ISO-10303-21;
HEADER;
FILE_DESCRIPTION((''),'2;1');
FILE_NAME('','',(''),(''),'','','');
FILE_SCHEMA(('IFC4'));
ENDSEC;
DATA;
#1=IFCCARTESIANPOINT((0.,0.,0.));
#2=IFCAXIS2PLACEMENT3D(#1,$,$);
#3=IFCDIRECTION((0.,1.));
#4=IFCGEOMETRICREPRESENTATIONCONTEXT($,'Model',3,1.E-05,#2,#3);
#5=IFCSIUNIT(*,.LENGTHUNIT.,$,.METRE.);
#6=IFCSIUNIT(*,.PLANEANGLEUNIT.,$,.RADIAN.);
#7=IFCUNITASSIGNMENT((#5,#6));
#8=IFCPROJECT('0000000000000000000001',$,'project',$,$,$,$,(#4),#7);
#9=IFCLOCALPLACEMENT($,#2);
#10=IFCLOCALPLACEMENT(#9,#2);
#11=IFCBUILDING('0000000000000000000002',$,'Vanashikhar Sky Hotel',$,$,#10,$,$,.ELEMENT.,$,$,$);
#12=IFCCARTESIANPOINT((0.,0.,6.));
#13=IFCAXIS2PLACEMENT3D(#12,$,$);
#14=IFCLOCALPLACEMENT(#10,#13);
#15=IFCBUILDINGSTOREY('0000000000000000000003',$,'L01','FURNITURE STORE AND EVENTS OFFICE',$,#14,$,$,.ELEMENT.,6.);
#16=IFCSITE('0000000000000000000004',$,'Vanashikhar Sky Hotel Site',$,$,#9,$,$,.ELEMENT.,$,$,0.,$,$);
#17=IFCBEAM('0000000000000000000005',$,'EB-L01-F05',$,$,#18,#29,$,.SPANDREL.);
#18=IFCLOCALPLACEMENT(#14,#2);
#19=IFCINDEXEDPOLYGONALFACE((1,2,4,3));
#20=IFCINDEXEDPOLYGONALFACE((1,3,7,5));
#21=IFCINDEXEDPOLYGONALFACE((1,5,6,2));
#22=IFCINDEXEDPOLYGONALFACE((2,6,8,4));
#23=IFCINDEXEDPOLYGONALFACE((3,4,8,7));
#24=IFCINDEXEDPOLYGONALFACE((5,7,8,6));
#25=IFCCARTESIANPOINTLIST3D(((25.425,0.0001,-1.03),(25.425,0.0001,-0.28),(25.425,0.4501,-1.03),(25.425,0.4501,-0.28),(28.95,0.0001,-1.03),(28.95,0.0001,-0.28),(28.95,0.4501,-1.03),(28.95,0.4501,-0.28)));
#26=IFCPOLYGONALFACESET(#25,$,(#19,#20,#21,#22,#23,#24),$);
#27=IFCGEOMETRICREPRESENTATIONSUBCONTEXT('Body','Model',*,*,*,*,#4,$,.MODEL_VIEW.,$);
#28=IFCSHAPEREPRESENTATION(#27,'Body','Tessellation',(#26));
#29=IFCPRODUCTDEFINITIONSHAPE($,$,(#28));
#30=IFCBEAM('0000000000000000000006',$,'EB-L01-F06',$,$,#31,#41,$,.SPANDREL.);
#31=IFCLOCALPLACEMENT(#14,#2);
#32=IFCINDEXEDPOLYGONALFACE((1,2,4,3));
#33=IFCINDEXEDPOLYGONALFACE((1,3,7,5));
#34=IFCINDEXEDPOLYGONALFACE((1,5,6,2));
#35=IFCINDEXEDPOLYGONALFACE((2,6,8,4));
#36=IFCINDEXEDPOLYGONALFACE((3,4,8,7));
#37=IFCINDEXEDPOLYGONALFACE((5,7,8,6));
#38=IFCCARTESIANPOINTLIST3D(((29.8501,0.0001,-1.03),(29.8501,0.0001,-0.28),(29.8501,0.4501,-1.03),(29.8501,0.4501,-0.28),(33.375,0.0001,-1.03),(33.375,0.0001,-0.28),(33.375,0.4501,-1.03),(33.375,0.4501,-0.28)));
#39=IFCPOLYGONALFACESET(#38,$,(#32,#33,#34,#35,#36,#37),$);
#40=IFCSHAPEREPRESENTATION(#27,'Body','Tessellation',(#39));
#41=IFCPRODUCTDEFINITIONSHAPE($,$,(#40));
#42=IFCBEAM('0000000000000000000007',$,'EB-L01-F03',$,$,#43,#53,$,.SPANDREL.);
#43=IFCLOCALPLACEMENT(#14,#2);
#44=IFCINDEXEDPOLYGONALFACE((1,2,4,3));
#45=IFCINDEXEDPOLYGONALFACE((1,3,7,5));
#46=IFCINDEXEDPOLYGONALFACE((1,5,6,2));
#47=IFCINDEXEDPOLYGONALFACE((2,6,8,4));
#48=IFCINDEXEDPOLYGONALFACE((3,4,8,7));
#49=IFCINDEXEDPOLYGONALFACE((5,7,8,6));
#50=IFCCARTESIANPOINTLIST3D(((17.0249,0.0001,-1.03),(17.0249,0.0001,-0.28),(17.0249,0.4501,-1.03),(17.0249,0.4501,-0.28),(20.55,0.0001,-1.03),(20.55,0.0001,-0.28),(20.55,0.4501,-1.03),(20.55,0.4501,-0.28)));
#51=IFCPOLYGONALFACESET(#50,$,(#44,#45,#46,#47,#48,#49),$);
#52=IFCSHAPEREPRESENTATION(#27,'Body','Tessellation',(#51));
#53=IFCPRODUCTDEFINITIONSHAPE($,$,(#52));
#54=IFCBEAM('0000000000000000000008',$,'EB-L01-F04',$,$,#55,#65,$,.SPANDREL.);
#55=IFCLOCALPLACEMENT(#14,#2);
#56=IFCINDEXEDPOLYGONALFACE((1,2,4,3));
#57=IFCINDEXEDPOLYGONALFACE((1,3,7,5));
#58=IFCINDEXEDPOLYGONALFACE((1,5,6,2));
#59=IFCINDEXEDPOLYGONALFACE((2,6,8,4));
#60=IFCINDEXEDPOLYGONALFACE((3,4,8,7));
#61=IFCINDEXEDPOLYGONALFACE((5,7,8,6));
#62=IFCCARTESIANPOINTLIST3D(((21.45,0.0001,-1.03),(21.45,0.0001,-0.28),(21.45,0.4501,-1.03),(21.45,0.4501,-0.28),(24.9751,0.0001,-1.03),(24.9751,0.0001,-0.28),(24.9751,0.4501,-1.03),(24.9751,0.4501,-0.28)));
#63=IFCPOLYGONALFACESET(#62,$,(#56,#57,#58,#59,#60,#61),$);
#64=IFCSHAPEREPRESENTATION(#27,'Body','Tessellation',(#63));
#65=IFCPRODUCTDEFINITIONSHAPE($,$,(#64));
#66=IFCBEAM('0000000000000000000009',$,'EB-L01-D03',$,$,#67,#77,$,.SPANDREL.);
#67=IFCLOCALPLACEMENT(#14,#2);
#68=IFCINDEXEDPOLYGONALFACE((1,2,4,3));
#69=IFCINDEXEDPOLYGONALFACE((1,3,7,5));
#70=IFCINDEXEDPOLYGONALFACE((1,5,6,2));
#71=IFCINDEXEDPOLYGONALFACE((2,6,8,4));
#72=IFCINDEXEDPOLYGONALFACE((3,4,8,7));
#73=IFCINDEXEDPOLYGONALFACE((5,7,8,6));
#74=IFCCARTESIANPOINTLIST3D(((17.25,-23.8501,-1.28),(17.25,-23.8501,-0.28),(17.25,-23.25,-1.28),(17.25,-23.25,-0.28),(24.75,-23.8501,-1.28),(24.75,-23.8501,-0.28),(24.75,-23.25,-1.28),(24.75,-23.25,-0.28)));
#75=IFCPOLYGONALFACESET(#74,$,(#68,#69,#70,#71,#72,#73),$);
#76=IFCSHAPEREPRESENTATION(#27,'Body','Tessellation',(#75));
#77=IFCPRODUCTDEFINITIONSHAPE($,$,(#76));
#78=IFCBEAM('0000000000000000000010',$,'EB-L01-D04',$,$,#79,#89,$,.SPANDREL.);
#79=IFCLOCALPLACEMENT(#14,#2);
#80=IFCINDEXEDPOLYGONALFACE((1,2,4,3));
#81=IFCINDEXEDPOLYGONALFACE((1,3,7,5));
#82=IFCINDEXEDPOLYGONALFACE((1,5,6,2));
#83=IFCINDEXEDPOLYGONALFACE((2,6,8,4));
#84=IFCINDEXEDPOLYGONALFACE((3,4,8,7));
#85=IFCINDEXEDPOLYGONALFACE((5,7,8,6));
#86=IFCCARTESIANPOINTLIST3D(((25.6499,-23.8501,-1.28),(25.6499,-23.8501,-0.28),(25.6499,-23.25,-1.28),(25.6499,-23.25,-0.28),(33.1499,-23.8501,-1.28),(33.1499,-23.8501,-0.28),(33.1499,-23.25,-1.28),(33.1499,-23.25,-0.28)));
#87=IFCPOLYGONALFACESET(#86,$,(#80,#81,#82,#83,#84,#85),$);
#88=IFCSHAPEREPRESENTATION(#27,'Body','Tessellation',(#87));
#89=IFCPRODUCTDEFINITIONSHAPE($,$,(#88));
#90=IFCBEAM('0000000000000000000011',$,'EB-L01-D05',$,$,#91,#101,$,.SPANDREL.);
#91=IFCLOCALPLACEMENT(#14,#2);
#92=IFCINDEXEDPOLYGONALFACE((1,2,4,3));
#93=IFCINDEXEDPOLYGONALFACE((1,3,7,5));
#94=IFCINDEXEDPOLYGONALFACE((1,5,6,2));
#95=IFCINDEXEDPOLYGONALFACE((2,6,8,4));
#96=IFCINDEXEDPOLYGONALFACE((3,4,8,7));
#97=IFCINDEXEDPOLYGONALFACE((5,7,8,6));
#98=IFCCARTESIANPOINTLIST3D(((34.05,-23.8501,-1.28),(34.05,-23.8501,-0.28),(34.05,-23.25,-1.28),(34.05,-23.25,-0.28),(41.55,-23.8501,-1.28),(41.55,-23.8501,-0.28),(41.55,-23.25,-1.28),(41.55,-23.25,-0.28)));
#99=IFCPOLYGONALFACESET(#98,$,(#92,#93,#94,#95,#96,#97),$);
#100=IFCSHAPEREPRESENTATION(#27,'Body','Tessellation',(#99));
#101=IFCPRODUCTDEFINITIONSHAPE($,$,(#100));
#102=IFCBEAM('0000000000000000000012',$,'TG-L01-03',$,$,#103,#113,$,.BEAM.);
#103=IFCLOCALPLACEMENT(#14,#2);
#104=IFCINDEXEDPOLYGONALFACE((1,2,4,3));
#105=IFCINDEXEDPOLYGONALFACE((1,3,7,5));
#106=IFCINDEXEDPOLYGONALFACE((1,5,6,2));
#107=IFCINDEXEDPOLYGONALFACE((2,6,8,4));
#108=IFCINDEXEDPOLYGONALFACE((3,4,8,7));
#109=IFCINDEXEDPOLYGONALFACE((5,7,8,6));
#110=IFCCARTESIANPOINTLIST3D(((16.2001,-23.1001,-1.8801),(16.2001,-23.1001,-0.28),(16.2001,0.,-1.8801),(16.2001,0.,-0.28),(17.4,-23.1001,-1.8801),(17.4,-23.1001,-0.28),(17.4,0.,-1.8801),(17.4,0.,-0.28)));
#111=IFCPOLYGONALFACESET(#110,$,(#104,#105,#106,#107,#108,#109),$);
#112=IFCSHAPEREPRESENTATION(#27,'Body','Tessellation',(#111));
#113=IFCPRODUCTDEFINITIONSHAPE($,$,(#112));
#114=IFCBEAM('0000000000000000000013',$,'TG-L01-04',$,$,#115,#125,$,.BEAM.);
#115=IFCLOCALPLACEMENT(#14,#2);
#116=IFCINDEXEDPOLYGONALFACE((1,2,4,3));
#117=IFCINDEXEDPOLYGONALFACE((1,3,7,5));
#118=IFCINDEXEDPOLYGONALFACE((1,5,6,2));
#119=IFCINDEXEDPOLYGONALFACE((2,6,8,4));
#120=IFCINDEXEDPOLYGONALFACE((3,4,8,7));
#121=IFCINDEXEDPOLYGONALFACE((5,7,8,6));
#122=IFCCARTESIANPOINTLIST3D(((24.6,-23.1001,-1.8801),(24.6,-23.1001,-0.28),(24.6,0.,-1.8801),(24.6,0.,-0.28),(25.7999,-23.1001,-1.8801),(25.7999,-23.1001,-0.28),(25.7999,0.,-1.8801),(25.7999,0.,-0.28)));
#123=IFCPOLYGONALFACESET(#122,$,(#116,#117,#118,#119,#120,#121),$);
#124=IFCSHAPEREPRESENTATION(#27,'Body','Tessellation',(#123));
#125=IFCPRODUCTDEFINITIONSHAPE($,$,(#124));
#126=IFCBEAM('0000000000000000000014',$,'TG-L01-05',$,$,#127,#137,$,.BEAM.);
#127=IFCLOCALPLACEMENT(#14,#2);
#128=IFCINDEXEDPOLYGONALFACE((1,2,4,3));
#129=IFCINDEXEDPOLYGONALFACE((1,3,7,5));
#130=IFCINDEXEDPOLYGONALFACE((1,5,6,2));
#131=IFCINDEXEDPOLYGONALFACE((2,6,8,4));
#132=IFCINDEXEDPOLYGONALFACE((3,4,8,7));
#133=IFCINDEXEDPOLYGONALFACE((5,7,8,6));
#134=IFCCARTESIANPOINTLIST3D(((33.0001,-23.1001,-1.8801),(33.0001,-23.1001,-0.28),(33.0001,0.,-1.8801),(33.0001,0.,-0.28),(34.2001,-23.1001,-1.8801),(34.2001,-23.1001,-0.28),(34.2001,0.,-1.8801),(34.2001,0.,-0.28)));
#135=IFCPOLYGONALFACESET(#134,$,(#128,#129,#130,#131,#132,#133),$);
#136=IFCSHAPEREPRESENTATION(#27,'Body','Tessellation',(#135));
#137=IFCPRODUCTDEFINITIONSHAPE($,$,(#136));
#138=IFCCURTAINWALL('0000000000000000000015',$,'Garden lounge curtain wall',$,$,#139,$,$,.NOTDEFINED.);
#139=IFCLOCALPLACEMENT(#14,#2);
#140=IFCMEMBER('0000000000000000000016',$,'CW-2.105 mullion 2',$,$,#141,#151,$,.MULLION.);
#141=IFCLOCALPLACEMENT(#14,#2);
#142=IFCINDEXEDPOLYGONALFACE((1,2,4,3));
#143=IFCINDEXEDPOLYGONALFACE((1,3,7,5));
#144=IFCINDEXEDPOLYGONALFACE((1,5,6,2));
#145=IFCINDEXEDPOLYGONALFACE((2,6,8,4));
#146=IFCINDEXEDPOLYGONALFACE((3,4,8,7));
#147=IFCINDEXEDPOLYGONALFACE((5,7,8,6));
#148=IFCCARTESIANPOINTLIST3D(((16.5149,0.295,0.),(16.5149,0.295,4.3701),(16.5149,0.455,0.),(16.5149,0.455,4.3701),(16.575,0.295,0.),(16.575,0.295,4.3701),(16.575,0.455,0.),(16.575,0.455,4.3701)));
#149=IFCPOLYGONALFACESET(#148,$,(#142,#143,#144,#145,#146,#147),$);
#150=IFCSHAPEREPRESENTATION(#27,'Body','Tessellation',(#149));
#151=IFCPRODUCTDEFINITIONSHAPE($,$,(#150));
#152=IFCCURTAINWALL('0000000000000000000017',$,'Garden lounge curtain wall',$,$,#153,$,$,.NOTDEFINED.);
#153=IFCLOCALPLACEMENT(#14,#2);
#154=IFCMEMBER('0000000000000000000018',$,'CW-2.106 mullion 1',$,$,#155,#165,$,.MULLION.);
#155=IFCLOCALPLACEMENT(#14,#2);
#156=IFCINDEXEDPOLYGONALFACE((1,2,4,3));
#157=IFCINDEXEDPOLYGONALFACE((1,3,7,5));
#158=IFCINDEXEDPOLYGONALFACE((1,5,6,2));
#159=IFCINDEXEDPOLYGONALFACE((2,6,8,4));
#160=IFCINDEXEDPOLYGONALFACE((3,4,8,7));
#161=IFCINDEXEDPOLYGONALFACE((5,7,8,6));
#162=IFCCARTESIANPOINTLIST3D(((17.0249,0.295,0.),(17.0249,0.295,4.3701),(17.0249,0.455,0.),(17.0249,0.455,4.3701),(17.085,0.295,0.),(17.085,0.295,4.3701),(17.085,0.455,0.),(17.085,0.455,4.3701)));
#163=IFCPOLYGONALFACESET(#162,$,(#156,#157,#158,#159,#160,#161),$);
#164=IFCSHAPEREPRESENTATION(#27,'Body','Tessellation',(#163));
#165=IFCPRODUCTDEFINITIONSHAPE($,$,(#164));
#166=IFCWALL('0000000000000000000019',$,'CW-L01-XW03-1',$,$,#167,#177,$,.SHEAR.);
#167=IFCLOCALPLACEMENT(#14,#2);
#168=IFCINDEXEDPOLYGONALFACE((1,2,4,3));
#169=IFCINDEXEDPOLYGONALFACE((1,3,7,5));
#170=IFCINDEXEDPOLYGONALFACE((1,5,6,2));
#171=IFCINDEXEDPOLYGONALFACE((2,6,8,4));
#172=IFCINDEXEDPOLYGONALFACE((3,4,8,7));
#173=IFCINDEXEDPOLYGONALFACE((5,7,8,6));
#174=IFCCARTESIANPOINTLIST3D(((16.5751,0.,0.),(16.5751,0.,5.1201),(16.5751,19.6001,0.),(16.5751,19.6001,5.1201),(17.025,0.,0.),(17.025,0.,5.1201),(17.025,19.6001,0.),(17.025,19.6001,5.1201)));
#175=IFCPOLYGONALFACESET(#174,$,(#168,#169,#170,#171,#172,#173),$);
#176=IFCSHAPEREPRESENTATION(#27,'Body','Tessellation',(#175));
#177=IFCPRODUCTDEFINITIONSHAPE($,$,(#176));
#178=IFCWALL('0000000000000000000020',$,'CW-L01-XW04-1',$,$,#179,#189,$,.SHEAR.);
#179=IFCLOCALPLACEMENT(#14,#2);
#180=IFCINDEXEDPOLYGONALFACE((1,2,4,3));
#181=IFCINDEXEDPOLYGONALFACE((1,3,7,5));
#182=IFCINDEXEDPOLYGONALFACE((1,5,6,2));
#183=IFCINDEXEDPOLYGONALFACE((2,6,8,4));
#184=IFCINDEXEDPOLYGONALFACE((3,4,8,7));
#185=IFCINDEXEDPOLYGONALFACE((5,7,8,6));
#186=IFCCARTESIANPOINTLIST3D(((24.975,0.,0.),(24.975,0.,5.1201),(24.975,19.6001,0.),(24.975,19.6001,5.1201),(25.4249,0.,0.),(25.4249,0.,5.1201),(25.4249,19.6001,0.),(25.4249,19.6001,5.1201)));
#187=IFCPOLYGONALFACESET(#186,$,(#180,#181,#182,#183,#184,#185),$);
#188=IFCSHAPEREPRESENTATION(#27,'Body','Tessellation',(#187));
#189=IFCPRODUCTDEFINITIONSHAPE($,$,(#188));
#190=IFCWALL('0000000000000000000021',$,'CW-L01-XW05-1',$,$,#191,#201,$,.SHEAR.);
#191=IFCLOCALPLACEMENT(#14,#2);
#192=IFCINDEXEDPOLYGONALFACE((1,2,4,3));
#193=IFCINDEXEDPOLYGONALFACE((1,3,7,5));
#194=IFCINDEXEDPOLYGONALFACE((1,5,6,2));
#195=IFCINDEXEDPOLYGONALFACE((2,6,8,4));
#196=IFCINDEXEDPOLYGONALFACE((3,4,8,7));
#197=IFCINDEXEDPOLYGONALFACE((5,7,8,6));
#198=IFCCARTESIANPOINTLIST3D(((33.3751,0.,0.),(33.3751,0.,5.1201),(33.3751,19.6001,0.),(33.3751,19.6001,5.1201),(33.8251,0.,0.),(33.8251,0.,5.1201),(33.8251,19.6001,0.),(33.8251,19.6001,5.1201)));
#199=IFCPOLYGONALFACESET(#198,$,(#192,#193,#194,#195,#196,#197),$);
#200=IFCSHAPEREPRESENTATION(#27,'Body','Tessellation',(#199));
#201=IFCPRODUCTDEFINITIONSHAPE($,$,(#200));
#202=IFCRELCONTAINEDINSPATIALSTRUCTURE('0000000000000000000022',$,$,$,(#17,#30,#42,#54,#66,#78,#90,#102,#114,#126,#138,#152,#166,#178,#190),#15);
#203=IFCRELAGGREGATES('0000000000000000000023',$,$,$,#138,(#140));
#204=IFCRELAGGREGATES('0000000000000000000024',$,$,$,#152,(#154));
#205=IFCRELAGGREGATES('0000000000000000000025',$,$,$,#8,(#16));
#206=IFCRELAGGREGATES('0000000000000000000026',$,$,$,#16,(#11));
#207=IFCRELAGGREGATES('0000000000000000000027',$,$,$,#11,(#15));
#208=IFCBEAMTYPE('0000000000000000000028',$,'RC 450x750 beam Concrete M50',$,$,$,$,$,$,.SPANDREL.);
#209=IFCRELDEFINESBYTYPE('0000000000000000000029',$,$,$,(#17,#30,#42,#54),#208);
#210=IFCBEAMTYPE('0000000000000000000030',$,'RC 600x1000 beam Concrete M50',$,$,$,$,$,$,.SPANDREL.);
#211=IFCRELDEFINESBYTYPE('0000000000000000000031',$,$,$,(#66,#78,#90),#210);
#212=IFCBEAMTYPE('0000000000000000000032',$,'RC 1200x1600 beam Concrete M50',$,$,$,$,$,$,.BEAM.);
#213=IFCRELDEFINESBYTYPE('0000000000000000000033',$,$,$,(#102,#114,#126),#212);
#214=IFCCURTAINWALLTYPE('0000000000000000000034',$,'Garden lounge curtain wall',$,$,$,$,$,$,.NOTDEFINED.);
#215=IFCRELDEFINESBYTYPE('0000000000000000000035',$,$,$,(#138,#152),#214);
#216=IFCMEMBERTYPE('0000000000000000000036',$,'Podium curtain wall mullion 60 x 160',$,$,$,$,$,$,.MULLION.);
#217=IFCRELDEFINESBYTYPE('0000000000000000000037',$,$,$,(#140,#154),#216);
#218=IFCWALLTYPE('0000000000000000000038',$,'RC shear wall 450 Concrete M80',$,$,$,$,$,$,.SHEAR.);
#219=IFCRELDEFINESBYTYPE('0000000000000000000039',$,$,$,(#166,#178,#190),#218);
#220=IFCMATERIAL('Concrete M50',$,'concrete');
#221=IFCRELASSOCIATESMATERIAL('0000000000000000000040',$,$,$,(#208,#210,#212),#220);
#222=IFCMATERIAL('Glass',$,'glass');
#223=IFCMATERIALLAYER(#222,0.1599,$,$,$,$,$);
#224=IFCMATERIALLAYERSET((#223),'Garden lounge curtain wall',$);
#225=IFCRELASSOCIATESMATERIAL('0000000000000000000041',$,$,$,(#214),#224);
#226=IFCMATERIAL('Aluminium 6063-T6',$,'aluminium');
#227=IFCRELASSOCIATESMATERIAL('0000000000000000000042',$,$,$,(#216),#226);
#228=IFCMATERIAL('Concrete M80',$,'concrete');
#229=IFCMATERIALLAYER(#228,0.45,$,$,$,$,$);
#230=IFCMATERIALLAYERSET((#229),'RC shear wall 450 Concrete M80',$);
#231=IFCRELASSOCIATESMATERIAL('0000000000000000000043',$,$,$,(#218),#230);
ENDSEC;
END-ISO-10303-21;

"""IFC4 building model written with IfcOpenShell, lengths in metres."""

from ifc_helpers import new_model, si_unit, direction, frame, frame_2d, origin, origin_2d, place, context, subcontext, project, spatial, rectangle, extrude, source, transform, mapped, material, layer, layer_set, material_profile, profile_set, type_object, element, aggregate, save


model = new_model("IFC4")

# Units and contexts
model_context = context("Model", 3, precision=1e-05, world=origin(), true_north=direction((0.0, 1.0)))
body_context = subcontext(model_context, "Body", "Model", "MODEL_VIEW")
ifc_project = project(units=[si_unit("LENGTHUNIT", "METRE"), si_unit("PLANEANGLEUNIT", "RADIAN")], contexts=[model_context])

# Site, building, storey
site_placement = place(None, origin())
site = spatial("IfcSite", under=ifc_project, at=site_placement, Name="Vanashikhar Sky Hotel Site", CompositionType="ELEMENT", RefElevation=0.0)
building_placement = place(site_placement, origin())
building = spatial("IfcBuilding", under=site, at=building_placement, Name="Vanashikhar Sky Hotel", CompositionType="ELEMENT")
storey_placement = place(building_placement, frame((0.0, 0.0, 6.0)))
storey = spatial("IfcBuildingStorey", under=building, at=storey_placement, Name="L01", Description="FURNITURE STORE AND EVENTS OFFICE", CompositionType="ELEMENT", Elevation=6.0)

# Beams
ifc_material_1 = material(Name="Concrete M50", Category="concrete")
ifc_material_profile_1 = material_profile(ifc_material_1, rectangle(XDim=0.45, YDim=0.75, at=origin_2d()))
ifc_profile_set_1 = profile_set([ifc_material_profile_1], Name="RC 450x750 beam Concrete M50")
beam_type_1 = type_object("IfcBeamType", Name="RC 450x750 beam Concrete M50", PredefinedType="SPANDREL", material=ifc_profile_set_1)
shared_shape_1 = source(origin(), body_context, "Body", "SweptSolid", [
    extrude(rectangle(XDim=0.45, YDim=0.75, at=origin_2d()), origin(), (0.0, 0.0, 1.0), 3.5249),
])
for number, where, z_axis, x_axis, name in (
    (1, (25.425, 0.2251, -0.655), (1.0, 0.0, 0.0), (0.0, 1.0, 0.0), "EB-L01-F05"),
    (2, (29.8501, 0.2251, -0.655), (1.0, 0.0, 0.0), (0.0, 1.0, 0.0), "EB-L01-F06"),
):
    element("IfcBeam", number, at=place(storey_placement, frame(where, z_axis=z_axis, x_axis=x_axis)), inside=storey, type_object=beam_type_1, Name=name, PredefinedType="SPANDREL", context=body_context, shape_type="MappedRepresentation", body=[
        mapped(shared_shape_1, transform((0.0, 0.0, 0.0), scale=1.0)),
    ])
shared_shape_2 = source(origin(), body_context, "Body", "SweptSolid", [
    extrude(rectangle(XDim=0.45, YDim=0.75, at=origin_2d()), origin(), (0.0, 0.0, 1.0), 3.5251),
])
for number, where, z_axis, x_axis, name in (
    (3, (17.0249, 0.2251, -0.655), (1.0, 0.0, 0.0), (0.0, 1.0, 0.0), "EB-L01-F03"),
    (4, (21.45, 0.2251, -0.655), (1.0, 0.0, 0.0), (0.0, 1.0, 0.0), "EB-L01-F04"),
):
    element("IfcBeam", number, at=place(storey_placement, frame(where, z_axis=z_axis, x_axis=x_axis)), inside=storey, type_object=beam_type_1, Name=name, PredefinedType="SPANDREL", context=body_context, shape_type="MappedRepresentation", body=[
        mapped(shared_shape_2, transform((0.0, 0.0, 0.0), scale=1.0)),
    ])
ifc_material_profile_2 = material_profile(ifc_material_1, rectangle(XDim=0.6001, YDim=1.0, at=origin_2d()))
ifc_profile_set_2 = profile_set([ifc_material_profile_2], Name="RC 600x1000 beam Concrete M50")
beam_type_2 = type_object("IfcBeamType", Name="RC 600x1000 beam Concrete M50", PredefinedType="SPANDREL", material=ifc_profile_set_2)
shared_shape_3 = source(origin(), body_context, "Body", "SweptSolid", [
    extrude(rectangle(XDim=0.6001, YDim=1.0, at=origin_2d()), origin(), (0.0, 0.0, 1.0), 7.5),
])
for number, where, z_axis, x_axis, name in (
    (5, (17.25, -23.55, -0.78), (1.0, 0.0, 0.0), (0.0, 1.0, 0.0), "EB-L01-D03"),
    (6, (25.6499, -23.55, -0.78), (1.0, 0.0, 0.0), (0.0, 1.0, 0.0), "EB-L01-D04"),
    (7, (34.05, -23.55, -0.78), (1.0, 0.0, 0.0), (0.0, 1.0, 0.0), "EB-L01-D05"),
):
    element("IfcBeam", number, at=place(storey_placement, frame(where, z_axis=z_axis, x_axis=x_axis)), inside=storey, type_object=beam_type_2, Name=name, PredefinedType="SPANDREL", context=body_context, shape_type="MappedRepresentation", body=[
        mapped(shared_shape_3, transform((0.0, 0.0, 0.0), scale=1.0)),
    ])
ifc_material_profile_3 = material_profile(ifc_material_1, rectangle(XDim=1.2, YDim=1.6001, at=origin_2d()))
ifc_profile_set_3 = profile_set([ifc_material_profile_3], Name="RC 1200x1600 beam Concrete M50")
beam_type_3 = type_object("IfcBeamType", Name="RC 1200x1600 beam Concrete M50", PredefinedType="BEAM", material=ifc_profile_set_3)
shared_shape_4 = source(origin(), body_context, "Body", "SweptSolid", [
    extrude(rectangle(XDim=1.2, YDim=1.6001, at=origin_2d()), origin(), (0.0, 0.0, 1.0), 23.1001),
])
for number, where, z_axis, x_axis, name in (
    (8, (16.8, -23.1001, -1.0801), (0.0, 1.0, 0.0), (-1.0, 0.0, 0.0), "TG-L01-03"),
    (9, (25.2, -23.1001, -1.0801), (0.0, 1.0, 0.0), (-1.0, 0.0, 0.0), "TG-L01-04"),
    (10, (33.6001, -23.1001, -1.0801), (0.0, 1.0, 0.0), (-1.0, 0.0, 0.0), "TG-L01-05"),
):
    element("IfcBeam", number, at=place(storey_placement, frame(where, z_axis=z_axis, x_axis=x_axis)), inside=storey, type_object=beam_type_3, Name=name, PredefinedType="BEAM", context=body_context, shape_type="MappedRepresentation", body=[
        mapped(shared_shape_4, transform((0.0, 0.0, 0.0), scale=1.0)),
    ])

# Curtain walls, members
ifc_material_2 = material(Name="Glass", Category="glass")
ifc_layer_1 = layer(ifc_material_2, 0.1599)
ifc_layer_set_1 = layer_set([ifc_layer_1], Name="Garden lounge curtain wall")
curtain_wall_type = type_object("IfcCurtainWallType", Name="Garden lounge curtain wall", PredefinedType="NOTDEFINED", material=ifc_layer_set_1)
curtain_wall_1_placement = place(storey_placement, origin())
curtain_wall_1 = element("IfcCurtainWall", 11, at=curtain_wall_1_placement, inside=storey, type_object=curtain_wall_type, Name="Garden lounge curtain wall", PredefinedType="NOTDEFINED")
ifc_material_3 = material(Name="Aluminium 6063-T6", Category="aluminium")
ifc_material_profile_4 = material_profile(ifc_material_3, rectangle(XDim=0.1599, YDim=0.0601, at=origin_2d()))
ifc_profile_set_4 = profile_set([ifc_material_profile_4], Name="Aluminium 6063-T6")
member_type = type_object("IfcMemberType", Name="Podium curtain wall mullion 60 x 160", PredefinedType="MULLION", material=ifc_profile_set_4)
shared_shape_5 = source(origin(), body_context, "Body", "SweptSolid", [
    extrude(rectangle(XDim=0.1599, YDim=0.0601, at=origin_2d()), origin(), (0.0, 0.0, 1.0), 4.3701),
])
member_1_placement = place(storey_placement, frame((16.5449, 0.375, 0.0), z_axis=(0.0, 0.0, 1.0), x_axis=(0.0, 1.0, 0.0)))
member_1 = element("IfcMember", 12, at=member_1_placement, type_object=member_type, Name="CW-2.105 mullion 2", PredefinedType="MULLION", context=body_context, shape_type="MappedRepresentation", body=[
    mapped(shared_shape_5, transform((0.0, 0.0, 0.0), scale=1.0)),
])
aggregate(curtain_wall_1, [member_1])
curtain_wall_2_placement = place(storey_placement, origin())
curtain_wall_2 = element("IfcCurtainWall", 13, at=curtain_wall_2_placement, inside=storey, type_object=curtain_wall_type, Name="Garden lounge curtain wall", PredefinedType="NOTDEFINED")
member_2_placement = place(storey_placement, frame((17.0549, 0.375, 0.0), z_axis=(0.0, 0.0, 1.0), x_axis=(0.0, 1.0, 0.0)))
member_2 = element("IfcMember", 14, at=member_2_placement, type_object=member_type, Name="CW-2.106 mullion 1", PredefinedType="MULLION", context=body_context, shape_type="MappedRepresentation", body=[
    mapped(shared_shape_5, transform((0.0, 0.0, 0.0), scale=1.0)),
])
aggregate(curtain_wall_2, [member_2])

# Walls
ifc_material_4 = material(Name="Concrete M80", Category="concrete")
ifc_layer_2 = layer(ifc_material_4, 0.45)
ifc_layer_set_2 = layer_set([ifc_layer_2], Name="RC shear wall 450 Concrete M80")
wall_type_1 = type_object("IfcWallType", Name="RC shear wall 450 Concrete M80", PredefinedType="SHEAR", material=ifc_layer_set_2)
shared_shape_6 = source(origin(), body_context, "Body", "SweptSolid", [
    extrude(rectangle(XDim=19.6001, YDim=0.45, at=frame_2d((9.8, 0.0))), origin(), (0.0, 0.0, 1.0), 5.1201),
])
for number, where, z_axis, x_axis, name in (
    (15, (16.8, 0.0, 0.0), (0.0, 0.0, 1.0), (0.0, 1.0, 0.0), "CW-L01-XW03-1"),
    (16, (25.2, 0.0, 0.0), (0.0, 0.0, 1.0), (0.0, 1.0, 0.0), "CW-L01-XW04-1"),
    (17, (33.6001, 0.0, 0.0), (0.0, 0.0, 1.0), (0.0, 1.0, 0.0), "CW-L01-XW05-1"),
):
    element("IfcWall", number, at=place(storey_placement, frame(where, z_axis=z_axis, x_axis=x_axis)), inside=storey, type_object=wall_type_1, Name=name, PredefinedType="SHEAR", context=body_context, shape_type="MappedRepresentation", body=[
        mapped(shared_shape_6, transform((0.0, 0.0, 0.0), scale=1.0)),
    ])

save(model, "model.ifc")
